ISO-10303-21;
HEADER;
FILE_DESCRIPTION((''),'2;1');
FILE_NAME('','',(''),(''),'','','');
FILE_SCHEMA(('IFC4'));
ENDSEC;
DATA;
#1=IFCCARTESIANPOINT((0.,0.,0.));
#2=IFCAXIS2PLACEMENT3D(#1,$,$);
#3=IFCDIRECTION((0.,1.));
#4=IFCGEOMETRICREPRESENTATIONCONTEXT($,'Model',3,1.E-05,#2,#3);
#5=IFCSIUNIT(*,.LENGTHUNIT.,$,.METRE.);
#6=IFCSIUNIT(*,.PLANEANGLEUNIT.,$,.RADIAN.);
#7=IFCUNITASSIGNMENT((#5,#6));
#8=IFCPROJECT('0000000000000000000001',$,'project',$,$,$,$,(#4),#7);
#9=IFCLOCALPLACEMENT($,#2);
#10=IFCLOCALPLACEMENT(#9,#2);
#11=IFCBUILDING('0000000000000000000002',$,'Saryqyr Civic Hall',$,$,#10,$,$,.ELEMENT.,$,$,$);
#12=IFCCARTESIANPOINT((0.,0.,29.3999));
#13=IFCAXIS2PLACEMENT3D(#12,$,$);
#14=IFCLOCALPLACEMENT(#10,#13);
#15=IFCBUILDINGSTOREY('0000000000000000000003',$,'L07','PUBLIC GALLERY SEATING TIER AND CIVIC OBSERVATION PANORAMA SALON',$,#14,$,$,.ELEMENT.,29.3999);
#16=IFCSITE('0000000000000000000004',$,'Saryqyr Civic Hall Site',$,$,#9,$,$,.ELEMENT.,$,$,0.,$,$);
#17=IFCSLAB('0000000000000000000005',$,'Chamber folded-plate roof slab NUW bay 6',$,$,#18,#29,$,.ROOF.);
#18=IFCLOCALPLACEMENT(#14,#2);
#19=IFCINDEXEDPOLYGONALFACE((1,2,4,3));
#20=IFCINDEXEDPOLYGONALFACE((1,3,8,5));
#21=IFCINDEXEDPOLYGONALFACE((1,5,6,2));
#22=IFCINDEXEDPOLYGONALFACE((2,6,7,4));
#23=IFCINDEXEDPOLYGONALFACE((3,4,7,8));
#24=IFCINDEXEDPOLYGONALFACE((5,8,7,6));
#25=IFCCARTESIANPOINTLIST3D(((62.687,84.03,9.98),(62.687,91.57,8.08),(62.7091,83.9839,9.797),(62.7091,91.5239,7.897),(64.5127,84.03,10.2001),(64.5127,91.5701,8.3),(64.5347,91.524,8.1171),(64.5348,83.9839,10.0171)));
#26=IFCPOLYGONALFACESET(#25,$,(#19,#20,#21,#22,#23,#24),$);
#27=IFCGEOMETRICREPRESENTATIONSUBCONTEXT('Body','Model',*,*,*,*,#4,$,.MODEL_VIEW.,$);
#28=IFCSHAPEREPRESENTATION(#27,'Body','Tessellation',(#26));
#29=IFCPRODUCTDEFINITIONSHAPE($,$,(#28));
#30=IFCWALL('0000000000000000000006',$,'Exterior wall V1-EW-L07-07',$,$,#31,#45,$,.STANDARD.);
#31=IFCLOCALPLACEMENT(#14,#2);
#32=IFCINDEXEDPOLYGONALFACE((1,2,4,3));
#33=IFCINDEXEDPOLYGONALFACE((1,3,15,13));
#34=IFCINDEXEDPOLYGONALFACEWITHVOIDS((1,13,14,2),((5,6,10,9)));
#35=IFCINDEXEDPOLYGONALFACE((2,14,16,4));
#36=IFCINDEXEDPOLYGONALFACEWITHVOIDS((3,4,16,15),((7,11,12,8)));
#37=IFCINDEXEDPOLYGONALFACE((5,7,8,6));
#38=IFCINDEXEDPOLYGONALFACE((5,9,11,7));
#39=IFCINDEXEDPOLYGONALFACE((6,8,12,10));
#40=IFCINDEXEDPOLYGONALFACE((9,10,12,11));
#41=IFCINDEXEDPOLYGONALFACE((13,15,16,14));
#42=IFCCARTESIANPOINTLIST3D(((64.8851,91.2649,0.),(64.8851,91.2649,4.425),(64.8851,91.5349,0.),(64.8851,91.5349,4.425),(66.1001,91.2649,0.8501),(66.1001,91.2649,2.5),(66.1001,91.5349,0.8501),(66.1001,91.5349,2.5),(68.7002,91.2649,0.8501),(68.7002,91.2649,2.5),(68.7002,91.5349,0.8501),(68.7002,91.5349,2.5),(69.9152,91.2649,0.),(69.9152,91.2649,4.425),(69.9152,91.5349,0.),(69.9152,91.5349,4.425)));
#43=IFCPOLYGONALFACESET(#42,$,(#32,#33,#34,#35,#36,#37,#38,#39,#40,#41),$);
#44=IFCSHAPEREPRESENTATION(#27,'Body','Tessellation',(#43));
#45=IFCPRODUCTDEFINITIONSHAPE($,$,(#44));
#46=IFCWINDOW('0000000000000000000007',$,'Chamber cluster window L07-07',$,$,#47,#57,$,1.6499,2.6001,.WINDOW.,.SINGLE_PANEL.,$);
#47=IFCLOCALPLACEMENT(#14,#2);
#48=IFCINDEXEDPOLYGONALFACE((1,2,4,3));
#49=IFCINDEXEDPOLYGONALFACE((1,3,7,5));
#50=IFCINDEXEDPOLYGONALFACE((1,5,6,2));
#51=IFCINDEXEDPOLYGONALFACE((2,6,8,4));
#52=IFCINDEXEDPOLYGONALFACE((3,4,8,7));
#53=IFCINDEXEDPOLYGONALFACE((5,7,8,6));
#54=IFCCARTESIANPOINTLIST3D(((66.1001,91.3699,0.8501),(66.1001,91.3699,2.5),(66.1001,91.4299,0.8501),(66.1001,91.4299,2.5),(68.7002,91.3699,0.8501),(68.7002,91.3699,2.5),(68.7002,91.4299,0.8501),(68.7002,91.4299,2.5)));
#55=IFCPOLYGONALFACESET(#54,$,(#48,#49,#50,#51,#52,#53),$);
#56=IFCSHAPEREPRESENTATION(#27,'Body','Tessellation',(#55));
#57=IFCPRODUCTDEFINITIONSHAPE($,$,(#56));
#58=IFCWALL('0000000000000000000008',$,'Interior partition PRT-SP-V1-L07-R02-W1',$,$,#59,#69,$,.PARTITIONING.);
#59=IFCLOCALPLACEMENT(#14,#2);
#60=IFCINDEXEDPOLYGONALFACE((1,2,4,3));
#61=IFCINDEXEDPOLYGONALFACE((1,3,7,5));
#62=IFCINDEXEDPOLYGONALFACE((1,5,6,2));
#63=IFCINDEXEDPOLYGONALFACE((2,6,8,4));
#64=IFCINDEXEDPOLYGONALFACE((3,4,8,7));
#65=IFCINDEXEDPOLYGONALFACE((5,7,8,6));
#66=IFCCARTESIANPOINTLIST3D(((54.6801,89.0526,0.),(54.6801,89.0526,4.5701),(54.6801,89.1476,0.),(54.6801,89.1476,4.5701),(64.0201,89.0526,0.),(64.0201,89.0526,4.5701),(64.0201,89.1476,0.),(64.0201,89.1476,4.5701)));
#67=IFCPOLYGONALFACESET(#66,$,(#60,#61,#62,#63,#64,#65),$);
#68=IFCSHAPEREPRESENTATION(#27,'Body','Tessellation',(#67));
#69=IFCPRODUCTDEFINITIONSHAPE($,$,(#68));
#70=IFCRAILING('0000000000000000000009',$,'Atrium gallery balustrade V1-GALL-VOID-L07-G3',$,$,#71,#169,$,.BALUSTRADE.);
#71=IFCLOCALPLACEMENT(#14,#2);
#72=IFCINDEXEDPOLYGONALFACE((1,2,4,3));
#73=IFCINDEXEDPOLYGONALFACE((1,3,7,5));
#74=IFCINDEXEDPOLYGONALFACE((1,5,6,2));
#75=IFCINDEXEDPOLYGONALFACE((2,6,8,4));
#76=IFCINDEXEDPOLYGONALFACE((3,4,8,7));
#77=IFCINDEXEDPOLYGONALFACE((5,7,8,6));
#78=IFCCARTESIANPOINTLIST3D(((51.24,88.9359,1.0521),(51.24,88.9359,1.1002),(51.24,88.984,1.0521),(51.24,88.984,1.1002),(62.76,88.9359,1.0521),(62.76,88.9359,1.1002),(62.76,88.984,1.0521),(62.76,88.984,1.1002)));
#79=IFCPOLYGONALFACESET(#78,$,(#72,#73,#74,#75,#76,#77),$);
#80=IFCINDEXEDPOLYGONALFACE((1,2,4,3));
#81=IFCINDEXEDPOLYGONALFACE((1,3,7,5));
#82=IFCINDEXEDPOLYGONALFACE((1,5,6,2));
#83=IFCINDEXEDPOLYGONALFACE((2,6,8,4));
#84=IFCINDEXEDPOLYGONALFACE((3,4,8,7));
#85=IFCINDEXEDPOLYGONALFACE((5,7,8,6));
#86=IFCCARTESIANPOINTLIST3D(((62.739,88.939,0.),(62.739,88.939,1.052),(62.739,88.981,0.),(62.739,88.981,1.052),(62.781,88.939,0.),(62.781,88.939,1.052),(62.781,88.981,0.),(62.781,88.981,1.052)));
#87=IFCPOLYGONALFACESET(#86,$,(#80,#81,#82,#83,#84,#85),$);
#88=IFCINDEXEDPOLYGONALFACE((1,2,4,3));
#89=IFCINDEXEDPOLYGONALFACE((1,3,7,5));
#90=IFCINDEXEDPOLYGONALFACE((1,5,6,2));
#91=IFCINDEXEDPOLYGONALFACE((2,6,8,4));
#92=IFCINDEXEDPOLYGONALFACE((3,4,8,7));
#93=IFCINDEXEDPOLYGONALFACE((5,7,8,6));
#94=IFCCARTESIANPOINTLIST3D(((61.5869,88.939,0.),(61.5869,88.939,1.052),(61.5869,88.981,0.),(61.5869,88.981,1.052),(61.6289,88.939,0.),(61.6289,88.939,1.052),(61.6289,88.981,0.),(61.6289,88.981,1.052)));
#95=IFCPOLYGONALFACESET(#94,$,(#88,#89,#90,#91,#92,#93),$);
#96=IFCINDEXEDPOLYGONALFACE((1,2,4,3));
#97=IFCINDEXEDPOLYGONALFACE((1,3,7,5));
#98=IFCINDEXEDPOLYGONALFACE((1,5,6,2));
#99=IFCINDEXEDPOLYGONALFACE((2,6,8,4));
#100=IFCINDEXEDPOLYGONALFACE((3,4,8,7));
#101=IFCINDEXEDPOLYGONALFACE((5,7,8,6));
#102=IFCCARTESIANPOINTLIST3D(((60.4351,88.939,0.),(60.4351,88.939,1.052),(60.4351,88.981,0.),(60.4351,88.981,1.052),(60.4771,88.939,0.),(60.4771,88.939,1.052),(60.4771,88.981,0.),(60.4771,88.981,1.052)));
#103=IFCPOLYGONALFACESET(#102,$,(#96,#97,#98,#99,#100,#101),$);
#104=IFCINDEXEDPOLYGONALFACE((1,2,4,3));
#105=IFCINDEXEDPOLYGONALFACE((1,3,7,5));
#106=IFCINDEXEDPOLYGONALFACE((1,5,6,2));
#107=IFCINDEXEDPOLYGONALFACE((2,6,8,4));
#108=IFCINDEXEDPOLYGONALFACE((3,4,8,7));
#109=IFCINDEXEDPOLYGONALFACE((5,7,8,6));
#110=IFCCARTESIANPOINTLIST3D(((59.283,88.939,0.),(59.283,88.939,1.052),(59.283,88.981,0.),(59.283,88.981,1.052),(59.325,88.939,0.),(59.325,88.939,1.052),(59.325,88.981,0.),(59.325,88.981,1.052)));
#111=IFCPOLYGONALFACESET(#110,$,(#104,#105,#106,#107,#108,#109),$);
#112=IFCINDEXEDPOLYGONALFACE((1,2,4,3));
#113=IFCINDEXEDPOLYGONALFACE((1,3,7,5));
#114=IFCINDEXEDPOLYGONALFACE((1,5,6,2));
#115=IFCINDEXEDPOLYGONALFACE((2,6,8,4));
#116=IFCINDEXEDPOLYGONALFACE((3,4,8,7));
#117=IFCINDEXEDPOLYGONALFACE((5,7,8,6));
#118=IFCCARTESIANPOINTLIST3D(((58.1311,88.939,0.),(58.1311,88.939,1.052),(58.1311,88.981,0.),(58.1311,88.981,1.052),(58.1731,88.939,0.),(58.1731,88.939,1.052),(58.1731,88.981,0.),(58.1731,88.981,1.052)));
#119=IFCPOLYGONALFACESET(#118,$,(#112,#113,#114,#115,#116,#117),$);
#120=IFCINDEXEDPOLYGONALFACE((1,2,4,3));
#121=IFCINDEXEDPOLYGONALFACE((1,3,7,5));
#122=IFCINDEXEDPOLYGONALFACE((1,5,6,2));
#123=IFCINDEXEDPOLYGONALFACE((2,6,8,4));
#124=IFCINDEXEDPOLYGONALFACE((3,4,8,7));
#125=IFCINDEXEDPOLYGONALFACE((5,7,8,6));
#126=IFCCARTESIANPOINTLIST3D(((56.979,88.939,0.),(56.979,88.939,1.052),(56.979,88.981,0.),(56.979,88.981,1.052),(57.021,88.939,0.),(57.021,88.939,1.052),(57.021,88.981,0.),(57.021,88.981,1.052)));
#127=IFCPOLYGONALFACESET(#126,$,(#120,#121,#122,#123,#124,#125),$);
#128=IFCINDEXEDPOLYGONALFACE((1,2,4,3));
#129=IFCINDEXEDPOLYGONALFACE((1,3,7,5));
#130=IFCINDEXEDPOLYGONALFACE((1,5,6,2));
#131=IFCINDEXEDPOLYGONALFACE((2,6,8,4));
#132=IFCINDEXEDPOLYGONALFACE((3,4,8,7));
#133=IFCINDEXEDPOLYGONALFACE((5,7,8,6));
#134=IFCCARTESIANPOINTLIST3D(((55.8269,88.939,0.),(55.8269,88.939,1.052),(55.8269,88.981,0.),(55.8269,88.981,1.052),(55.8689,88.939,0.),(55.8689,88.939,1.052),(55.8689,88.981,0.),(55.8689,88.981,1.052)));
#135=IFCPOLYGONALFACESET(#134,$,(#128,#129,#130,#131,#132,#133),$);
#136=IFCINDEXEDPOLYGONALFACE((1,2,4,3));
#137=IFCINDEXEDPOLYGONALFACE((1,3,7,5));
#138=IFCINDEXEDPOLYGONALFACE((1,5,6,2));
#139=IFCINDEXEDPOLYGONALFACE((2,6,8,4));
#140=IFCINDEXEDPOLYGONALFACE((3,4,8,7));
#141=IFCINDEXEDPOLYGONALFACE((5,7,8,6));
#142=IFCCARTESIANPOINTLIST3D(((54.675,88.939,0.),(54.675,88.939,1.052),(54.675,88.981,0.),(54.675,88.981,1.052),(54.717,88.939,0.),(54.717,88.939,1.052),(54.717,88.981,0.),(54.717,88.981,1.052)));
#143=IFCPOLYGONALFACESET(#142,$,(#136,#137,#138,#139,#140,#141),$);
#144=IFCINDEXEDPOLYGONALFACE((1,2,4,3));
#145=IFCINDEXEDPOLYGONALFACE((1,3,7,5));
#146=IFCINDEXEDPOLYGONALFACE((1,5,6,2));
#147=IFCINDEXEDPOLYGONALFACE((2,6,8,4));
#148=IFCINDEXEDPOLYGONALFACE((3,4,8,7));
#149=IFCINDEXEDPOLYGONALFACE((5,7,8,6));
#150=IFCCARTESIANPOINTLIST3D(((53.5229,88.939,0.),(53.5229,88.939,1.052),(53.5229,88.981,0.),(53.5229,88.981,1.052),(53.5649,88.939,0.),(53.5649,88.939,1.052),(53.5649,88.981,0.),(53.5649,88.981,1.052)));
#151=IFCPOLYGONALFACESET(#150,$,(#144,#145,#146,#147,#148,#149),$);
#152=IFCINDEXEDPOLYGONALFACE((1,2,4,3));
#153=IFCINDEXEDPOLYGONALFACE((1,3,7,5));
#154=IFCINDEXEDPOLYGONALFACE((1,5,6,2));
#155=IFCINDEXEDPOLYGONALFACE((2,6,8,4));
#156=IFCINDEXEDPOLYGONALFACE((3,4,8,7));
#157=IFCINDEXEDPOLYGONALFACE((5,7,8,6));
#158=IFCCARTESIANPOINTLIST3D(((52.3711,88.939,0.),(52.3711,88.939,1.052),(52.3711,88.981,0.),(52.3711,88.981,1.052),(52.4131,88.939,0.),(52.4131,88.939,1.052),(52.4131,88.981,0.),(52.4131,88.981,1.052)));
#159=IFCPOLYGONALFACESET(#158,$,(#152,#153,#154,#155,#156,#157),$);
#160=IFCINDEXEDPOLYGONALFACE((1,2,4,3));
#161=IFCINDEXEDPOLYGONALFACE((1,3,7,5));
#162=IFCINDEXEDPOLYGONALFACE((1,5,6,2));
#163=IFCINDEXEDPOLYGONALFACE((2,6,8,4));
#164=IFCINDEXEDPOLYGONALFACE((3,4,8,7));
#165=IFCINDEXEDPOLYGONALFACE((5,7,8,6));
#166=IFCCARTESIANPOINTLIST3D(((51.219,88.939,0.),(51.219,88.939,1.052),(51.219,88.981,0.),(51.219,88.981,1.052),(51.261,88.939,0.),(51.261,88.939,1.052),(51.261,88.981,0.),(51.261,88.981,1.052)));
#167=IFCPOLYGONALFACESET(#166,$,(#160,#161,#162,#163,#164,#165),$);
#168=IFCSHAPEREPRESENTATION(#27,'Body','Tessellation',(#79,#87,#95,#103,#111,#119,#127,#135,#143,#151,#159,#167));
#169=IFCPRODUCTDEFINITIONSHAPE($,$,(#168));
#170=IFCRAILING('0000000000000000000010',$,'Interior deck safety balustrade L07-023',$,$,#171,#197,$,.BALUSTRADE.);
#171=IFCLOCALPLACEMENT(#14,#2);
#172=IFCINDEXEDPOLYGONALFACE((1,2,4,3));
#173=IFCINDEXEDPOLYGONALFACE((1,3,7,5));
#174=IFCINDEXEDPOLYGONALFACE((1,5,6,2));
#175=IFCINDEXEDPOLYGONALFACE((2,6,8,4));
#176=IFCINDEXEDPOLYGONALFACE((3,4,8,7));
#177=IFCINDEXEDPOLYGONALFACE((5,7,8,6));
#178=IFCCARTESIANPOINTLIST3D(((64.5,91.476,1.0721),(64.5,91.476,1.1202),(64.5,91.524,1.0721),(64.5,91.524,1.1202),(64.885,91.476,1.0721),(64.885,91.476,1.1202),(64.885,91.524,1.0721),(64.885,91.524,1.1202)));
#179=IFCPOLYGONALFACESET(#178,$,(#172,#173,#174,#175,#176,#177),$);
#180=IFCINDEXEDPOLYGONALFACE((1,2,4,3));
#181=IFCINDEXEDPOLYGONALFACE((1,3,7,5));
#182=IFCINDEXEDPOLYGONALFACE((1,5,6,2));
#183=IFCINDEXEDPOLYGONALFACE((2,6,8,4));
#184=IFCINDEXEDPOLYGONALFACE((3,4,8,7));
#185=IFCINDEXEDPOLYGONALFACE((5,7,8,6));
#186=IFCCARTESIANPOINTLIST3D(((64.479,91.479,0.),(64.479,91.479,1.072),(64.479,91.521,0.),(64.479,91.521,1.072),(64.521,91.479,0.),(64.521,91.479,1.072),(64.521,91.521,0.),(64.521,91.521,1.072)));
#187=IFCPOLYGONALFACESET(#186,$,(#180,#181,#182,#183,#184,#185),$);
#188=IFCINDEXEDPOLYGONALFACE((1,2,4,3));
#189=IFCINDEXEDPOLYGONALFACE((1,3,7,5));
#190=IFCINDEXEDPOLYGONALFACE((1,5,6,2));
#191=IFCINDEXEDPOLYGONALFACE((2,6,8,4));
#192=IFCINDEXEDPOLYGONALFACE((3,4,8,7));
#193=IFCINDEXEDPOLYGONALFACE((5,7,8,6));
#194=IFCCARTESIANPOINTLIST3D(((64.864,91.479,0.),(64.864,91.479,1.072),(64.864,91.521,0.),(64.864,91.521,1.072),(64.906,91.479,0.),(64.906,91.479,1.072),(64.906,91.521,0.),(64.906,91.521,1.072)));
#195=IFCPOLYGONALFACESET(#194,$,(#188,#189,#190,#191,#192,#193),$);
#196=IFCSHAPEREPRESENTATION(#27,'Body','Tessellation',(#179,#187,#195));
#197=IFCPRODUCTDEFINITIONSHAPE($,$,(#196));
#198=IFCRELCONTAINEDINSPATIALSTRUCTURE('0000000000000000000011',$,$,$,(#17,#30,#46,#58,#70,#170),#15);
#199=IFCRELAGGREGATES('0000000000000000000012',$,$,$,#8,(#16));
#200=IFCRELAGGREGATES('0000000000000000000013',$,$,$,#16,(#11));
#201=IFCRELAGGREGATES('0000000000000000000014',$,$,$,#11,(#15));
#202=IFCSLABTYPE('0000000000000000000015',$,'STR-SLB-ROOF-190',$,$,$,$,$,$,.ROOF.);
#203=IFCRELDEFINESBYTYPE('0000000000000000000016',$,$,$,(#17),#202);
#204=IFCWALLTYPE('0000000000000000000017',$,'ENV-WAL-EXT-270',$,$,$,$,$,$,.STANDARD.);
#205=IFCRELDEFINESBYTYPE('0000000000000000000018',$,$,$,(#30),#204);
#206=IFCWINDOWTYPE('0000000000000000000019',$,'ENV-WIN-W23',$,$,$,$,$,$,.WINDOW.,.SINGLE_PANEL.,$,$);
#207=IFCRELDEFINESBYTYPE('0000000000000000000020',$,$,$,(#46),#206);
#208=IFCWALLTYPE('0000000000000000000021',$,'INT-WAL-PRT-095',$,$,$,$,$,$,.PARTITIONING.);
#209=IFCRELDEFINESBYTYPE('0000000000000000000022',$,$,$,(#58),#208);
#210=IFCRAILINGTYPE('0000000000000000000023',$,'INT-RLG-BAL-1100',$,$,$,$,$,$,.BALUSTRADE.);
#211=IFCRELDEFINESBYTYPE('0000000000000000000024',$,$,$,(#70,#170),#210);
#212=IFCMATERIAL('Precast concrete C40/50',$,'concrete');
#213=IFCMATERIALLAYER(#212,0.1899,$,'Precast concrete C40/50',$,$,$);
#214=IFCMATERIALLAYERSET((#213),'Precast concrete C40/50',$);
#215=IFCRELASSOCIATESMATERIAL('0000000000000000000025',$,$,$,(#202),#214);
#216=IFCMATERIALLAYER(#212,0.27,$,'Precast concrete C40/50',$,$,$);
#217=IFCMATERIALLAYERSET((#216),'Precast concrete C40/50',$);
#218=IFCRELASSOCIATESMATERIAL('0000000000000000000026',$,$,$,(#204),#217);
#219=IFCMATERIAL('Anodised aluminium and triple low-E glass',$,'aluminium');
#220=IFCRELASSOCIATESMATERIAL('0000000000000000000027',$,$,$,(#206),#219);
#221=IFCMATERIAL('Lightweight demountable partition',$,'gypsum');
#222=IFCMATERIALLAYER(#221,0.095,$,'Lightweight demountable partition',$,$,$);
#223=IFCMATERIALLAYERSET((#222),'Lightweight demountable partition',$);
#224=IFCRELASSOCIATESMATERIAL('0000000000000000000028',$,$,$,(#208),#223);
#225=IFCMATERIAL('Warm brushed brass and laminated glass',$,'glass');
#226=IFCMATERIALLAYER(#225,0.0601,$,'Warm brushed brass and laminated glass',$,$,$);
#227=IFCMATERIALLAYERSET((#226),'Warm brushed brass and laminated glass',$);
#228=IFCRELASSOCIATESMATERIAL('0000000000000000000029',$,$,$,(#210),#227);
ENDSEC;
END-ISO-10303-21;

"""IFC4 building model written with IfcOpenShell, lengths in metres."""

from ifc_helpers import new_model, si_unit, direction, frame, frame_2d, origin, origin_2d, place, context, subcontext, project, spatial, polyline, rectangle, outline, extrude, material, layer, layer_set, type_object, element, fill, save


model = new_model("IFC4")

# Units and contexts
model_context = context("Model", 3, precision=1e-05, world=origin(), true_north=direction((0.0, 1.0)))
body_context = subcontext(model_context, "Body", "Model", "MODEL_VIEW")
ifc_project = project(units=[si_unit("LENGTHUNIT", "METRE"), si_unit("PLANEANGLEUNIT", "RADIAN")], contexts=[model_context])

# Site, building, storey
site_placement = place(None, origin())
site = spatial("IfcSite", under=ifc_project, at=site_placement, Name="Saryqyr Civic Hall Site", CompositionType="ELEMENT", RefElevation=0.0)
building_placement = place(site_placement, origin())
building = spatial("IfcBuilding", under=site, at=building_placement, Name="Saryqyr Civic Hall", CompositionType="ELEMENT")
storey_placement = place(building_placement, frame((0.0, 0.0, 29.3999)))
storey = spatial("IfcBuildingStorey", under=building, at=storey_placement, Name="L07", Description="PUBLIC GALLERY SEATING TIER AND CIVIC OBSERVATION PANORAMA SALON", CompositionType="ELEMENT", Elevation=29.3999)

# Slab
ifc_material_1 = material(Name="Precast concrete C40/50", Category="concrete")
ifc_layer_1 = layer(ifc_material_1, 0.1899, Name="Precast concrete C40/50")
ifc_layer_set_1 = layer_set([ifc_layer_1], Name="Precast concrete C40/50")
slab_type = type_object("IfcSlabType", Name="STR-SLB-ROOF-190", PredefinedType="ROOF", material=ifc_layer_set_1)
slab_1_placement = place(storey_placement, frame((64.5127, 91.5701, 8.3), z_axis=(-0.116109, 0.2427, 0.963128), x_axis=(-0.992812, -0.000016, -0.119683)))
element("IfcSlab", 1, at=slab_1_placement, inside=storey, type_object=slab_type, Name="Chamber folded-plate roof slab NUW bay 6", PredefinedType="ROOF", context=body_context, shape_type="SweptSolid", body=[
    extrude(outline(polyline([(0.0, 0.0), (1.8389, 0.0), (1.6116, 7.7724), (-0.2273, 7.7725), (0.0, 0.0)])), origin(), (0.0, 0.0, -1.0), 0.1899),
])

# Wall, opening, window
ifc_layer_2 = layer(ifc_material_1, 0.27, Name="Precast concrete C40/50")
ifc_layer_set_2 = layer_set([ifc_layer_2], Name="Precast concrete C40/50")
wall_type_1 = type_object("IfcWallType", Name="ENV-WAL-EXT-270", PredefinedType="STANDARD", material=ifc_layer_set_2)
wall_1_placement = place(storey_placement, frame((64.885, 91.3999, 0.0), z_axis=(0.0, 0.0, 1.0), x_axis=(1.0, 0.0, 0.0)))
wall_1 = element("IfcWall", 2, at=wall_1_placement, inside=storey, type_object=wall_type_1, Name="Exterior wall V1-EW-L07-07", PredefinedType="STANDARD", context=body_context, shape_type="SweptSolid", body=[
    extrude(rectangle(XDim=5.03, YDim=0.27, at=frame_2d((2.5151, 0.0))), origin(), (0.0, 0.0, 1.0), 4.425),
])
opening_placement = place(wall_1_placement, frame((1.2151, 0.0, 0.8501)))
opening = element("IfcOpeningElement", 3, at=opening_placement, cuts=wall_1, PredefinedType="OPENING", context=body_context, shape_type="SweptSolid", body=[
    extrude(rectangle(XDim=2.6001, YDim=1.6499, at=frame_2d((1.3, 0.825))), frame((0.0, 0.145, 0.0), z_axis=(0.0, -1.0, 0.0), x_axis=(1.0, 0.0, 0.0)), (0.0, 0.0, 1.0), 0.29),
])
ifc_material_2 = material(Name="Anodised aluminium and triple low-E glass", Category="aluminium")
window_type = type_object("IfcWindowType", Name="ENV-WIN-W23", PartitioningType="SINGLE_PANEL", PredefinedType="WINDOW", material=ifc_material_2)
window_placement = place(opening_placement, origin())
window = element("IfcWindow", 4, at=window_placement, inside=storey, type_object=window_type, Name="Chamber cluster window L07-07", OverallHeight=1.6499, OverallWidth=2.6001, PartitioningType="SINGLE_PANEL", PredefinedType="WINDOW", context=body_context, shape_type="SweptSolid", body=[
    extrude(rectangle(XDim=2.6001, YDim=1.6499, at=frame_2d((1.3, 0.825))), frame((0.0, 0.03, 0.0), z_axis=(0.0, -1.0, 0.0), x_axis=(1.0, 0.0, 0.0)), (0.0, 0.0, 1.0), 0.0601),
])
fill(opening, window)

# Wall
ifc_material_3 = material(Name="Lightweight demountable partition", Category="gypsum")
ifc_layer_3 = layer(ifc_material_3, 0.095, Name="Lightweight demountable partition")
ifc_layer_set_3 = layer_set([ifc_layer_3], Name="Lightweight demountable partition")
wall_type_2 = type_object("IfcWallType", Name="INT-WAL-PRT-095", PredefinedType="PARTITIONING", material=ifc_layer_set_3)
wall_2_placement = place(storey_placement, frame((64.02, 89.1001, 0.0), z_axis=(0.0, 0.0, 1.0), x_axis=(-1.0, 0.0, 0.0)))
element("IfcWall", 5, at=wall_2_placement, inside=storey, type_object=wall_type_2, Name="Interior partition PRT-SP-V1-L07-R02-W1", PredefinedType="PARTITIONING", context=body_context, shape_type="SweptSolid", body=[
    extrude(rectangle(XDim=9.3401, YDim=0.095, at=frame_2d((4.6699, 0.0))), origin(), (0.0, 0.0, 1.0), 4.5701),
])

# Railings
ifc_material_4 = material(Name="Warm brushed brass and laminated glass", Category="glass")
ifc_layer_4 = layer(ifc_material_4, 0.0601, Name="Warm brushed brass and laminated glass")
ifc_layer_set_4 = layer_set([ifc_layer_4], Name="Warm brushed brass and laminated glass")
railing_type = type_object("IfcRailingType", Name="INT-RLG-BAL-1100", PredefinedType="BALUSTRADE", material=ifc_layer_set_4)
railing_1_placement = place(storey_placement, frame((62.76, 88.96, 0.0)))
element("IfcRailing", 6, at=railing_1_placement, inside=storey, type_object=railing_type, Name="Atrium gallery balustrade V1-GALL-VOID-L07-G3", PredefinedType="BALUSTRADE", context=body_context, shape_type="SweptSolid", body=[
    extrude(rectangle(XDim=0.0481, YDim=0.0481, at=origin_2d()), frame((0.0, 0.0, 1.0762), z_axis=(-1.0, 0.0, 0.0), x_axis=(0.0, -1.0, 0.0)), (0.0, 0.0, 1.0), 11.52),
    extrude(rectangle(XDim=0.042, YDim=0.042, at=origin_2d()), origin(), (0.0, 0.0, 1.0), 1.052),
    extrude(rectangle(XDim=0.042, YDim=0.042, at=origin_2d()), frame((-1.1521, 0.0, 0.0)), (0.0, 0.0, 1.0), 1.052),
    extrude(rectangle(XDim=0.042, YDim=0.042, at=origin_2d()), frame((-2.304, 0.0, 0.0)), (0.0, 0.0, 1.0), 1.052),
    extrude(rectangle(XDim=0.042, YDim=0.042, at=origin_2d()), frame((-3.4561, 0.0, 0.0)), (0.0, 0.0, 1.0), 1.052),
    extrude(rectangle(XDim=0.042, YDim=0.042, at=origin_2d()), frame((-4.6079, 0.0, 0.0)), (0.0, 0.0, 1.0), 1.052),
    extrude(rectangle(XDim=0.042, YDim=0.042, at=origin_2d()), frame((-5.76, 0.0, 0.0)), (0.0, 0.0, 1.0), 1.052),
    extrude(rectangle(XDim=0.042, YDim=0.042, at=origin_2d()), frame((-6.9121, 0.0, 0.0)), (0.0, 0.0, 1.0), 1.052),
    extrude(rectangle(XDim=0.042, YDim=0.042, at=origin_2d()), frame((-8.064, 0.0, 0.0)), (0.0, 0.0, 1.0), 1.052),
    extrude(rectangle(XDim=0.042, YDim=0.042, at=origin_2d()), frame((-9.2161, 0.0, 0.0)), (0.0, 0.0, 1.0), 1.052),
    extrude(rectangle(XDim=0.042, YDim=0.042, at=origin_2d()), frame((-10.3679, 0.0, 0.0)), (0.0, 0.0, 1.0), 1.052),
    extrude(rectangle(XDim=0.042, YDim=0.042, at=origin_2d()), frame((-11.52, 0.0, 0.0)), (0.0, 0.0, 1.0), 1.052),
])
railing_2_placement = place(storey_placement, frame((64.5, 91.5, 0.0)))
element("IfcRailing", 7, at=railing_2_placement, inside=storey, type_object=railing_type, Name="Interior deck safety balustrade L07-023", PredefinedType="BALUSTRADE", context=body_context, shape_type="SweptSolid", body=[
    extrude(rectangle(XDim=0.0481, YDim=0.0481, at=origin_2d()), frame((0.0, 0.0, 1.0962), z_axis=(1.0, 0.0, 0.0), x_axis=(0.0, 1.0, 0.0)), (0.0, 0.0, 1.0), 0.385),
    extrude(rectangle(XDim=0.042, YDim=0.042, at=origin_2d()), origin(), (0.0, 0.0, 1.0), 1.072),
    extrude(rectangle(XDim=0.042, YDim=0.042, at=origin_2d()), frame((0.385, 0.0, 0.0)), (0.0, 0.0, 1.0), 1.072),
])

save(model, "model.ifc")
